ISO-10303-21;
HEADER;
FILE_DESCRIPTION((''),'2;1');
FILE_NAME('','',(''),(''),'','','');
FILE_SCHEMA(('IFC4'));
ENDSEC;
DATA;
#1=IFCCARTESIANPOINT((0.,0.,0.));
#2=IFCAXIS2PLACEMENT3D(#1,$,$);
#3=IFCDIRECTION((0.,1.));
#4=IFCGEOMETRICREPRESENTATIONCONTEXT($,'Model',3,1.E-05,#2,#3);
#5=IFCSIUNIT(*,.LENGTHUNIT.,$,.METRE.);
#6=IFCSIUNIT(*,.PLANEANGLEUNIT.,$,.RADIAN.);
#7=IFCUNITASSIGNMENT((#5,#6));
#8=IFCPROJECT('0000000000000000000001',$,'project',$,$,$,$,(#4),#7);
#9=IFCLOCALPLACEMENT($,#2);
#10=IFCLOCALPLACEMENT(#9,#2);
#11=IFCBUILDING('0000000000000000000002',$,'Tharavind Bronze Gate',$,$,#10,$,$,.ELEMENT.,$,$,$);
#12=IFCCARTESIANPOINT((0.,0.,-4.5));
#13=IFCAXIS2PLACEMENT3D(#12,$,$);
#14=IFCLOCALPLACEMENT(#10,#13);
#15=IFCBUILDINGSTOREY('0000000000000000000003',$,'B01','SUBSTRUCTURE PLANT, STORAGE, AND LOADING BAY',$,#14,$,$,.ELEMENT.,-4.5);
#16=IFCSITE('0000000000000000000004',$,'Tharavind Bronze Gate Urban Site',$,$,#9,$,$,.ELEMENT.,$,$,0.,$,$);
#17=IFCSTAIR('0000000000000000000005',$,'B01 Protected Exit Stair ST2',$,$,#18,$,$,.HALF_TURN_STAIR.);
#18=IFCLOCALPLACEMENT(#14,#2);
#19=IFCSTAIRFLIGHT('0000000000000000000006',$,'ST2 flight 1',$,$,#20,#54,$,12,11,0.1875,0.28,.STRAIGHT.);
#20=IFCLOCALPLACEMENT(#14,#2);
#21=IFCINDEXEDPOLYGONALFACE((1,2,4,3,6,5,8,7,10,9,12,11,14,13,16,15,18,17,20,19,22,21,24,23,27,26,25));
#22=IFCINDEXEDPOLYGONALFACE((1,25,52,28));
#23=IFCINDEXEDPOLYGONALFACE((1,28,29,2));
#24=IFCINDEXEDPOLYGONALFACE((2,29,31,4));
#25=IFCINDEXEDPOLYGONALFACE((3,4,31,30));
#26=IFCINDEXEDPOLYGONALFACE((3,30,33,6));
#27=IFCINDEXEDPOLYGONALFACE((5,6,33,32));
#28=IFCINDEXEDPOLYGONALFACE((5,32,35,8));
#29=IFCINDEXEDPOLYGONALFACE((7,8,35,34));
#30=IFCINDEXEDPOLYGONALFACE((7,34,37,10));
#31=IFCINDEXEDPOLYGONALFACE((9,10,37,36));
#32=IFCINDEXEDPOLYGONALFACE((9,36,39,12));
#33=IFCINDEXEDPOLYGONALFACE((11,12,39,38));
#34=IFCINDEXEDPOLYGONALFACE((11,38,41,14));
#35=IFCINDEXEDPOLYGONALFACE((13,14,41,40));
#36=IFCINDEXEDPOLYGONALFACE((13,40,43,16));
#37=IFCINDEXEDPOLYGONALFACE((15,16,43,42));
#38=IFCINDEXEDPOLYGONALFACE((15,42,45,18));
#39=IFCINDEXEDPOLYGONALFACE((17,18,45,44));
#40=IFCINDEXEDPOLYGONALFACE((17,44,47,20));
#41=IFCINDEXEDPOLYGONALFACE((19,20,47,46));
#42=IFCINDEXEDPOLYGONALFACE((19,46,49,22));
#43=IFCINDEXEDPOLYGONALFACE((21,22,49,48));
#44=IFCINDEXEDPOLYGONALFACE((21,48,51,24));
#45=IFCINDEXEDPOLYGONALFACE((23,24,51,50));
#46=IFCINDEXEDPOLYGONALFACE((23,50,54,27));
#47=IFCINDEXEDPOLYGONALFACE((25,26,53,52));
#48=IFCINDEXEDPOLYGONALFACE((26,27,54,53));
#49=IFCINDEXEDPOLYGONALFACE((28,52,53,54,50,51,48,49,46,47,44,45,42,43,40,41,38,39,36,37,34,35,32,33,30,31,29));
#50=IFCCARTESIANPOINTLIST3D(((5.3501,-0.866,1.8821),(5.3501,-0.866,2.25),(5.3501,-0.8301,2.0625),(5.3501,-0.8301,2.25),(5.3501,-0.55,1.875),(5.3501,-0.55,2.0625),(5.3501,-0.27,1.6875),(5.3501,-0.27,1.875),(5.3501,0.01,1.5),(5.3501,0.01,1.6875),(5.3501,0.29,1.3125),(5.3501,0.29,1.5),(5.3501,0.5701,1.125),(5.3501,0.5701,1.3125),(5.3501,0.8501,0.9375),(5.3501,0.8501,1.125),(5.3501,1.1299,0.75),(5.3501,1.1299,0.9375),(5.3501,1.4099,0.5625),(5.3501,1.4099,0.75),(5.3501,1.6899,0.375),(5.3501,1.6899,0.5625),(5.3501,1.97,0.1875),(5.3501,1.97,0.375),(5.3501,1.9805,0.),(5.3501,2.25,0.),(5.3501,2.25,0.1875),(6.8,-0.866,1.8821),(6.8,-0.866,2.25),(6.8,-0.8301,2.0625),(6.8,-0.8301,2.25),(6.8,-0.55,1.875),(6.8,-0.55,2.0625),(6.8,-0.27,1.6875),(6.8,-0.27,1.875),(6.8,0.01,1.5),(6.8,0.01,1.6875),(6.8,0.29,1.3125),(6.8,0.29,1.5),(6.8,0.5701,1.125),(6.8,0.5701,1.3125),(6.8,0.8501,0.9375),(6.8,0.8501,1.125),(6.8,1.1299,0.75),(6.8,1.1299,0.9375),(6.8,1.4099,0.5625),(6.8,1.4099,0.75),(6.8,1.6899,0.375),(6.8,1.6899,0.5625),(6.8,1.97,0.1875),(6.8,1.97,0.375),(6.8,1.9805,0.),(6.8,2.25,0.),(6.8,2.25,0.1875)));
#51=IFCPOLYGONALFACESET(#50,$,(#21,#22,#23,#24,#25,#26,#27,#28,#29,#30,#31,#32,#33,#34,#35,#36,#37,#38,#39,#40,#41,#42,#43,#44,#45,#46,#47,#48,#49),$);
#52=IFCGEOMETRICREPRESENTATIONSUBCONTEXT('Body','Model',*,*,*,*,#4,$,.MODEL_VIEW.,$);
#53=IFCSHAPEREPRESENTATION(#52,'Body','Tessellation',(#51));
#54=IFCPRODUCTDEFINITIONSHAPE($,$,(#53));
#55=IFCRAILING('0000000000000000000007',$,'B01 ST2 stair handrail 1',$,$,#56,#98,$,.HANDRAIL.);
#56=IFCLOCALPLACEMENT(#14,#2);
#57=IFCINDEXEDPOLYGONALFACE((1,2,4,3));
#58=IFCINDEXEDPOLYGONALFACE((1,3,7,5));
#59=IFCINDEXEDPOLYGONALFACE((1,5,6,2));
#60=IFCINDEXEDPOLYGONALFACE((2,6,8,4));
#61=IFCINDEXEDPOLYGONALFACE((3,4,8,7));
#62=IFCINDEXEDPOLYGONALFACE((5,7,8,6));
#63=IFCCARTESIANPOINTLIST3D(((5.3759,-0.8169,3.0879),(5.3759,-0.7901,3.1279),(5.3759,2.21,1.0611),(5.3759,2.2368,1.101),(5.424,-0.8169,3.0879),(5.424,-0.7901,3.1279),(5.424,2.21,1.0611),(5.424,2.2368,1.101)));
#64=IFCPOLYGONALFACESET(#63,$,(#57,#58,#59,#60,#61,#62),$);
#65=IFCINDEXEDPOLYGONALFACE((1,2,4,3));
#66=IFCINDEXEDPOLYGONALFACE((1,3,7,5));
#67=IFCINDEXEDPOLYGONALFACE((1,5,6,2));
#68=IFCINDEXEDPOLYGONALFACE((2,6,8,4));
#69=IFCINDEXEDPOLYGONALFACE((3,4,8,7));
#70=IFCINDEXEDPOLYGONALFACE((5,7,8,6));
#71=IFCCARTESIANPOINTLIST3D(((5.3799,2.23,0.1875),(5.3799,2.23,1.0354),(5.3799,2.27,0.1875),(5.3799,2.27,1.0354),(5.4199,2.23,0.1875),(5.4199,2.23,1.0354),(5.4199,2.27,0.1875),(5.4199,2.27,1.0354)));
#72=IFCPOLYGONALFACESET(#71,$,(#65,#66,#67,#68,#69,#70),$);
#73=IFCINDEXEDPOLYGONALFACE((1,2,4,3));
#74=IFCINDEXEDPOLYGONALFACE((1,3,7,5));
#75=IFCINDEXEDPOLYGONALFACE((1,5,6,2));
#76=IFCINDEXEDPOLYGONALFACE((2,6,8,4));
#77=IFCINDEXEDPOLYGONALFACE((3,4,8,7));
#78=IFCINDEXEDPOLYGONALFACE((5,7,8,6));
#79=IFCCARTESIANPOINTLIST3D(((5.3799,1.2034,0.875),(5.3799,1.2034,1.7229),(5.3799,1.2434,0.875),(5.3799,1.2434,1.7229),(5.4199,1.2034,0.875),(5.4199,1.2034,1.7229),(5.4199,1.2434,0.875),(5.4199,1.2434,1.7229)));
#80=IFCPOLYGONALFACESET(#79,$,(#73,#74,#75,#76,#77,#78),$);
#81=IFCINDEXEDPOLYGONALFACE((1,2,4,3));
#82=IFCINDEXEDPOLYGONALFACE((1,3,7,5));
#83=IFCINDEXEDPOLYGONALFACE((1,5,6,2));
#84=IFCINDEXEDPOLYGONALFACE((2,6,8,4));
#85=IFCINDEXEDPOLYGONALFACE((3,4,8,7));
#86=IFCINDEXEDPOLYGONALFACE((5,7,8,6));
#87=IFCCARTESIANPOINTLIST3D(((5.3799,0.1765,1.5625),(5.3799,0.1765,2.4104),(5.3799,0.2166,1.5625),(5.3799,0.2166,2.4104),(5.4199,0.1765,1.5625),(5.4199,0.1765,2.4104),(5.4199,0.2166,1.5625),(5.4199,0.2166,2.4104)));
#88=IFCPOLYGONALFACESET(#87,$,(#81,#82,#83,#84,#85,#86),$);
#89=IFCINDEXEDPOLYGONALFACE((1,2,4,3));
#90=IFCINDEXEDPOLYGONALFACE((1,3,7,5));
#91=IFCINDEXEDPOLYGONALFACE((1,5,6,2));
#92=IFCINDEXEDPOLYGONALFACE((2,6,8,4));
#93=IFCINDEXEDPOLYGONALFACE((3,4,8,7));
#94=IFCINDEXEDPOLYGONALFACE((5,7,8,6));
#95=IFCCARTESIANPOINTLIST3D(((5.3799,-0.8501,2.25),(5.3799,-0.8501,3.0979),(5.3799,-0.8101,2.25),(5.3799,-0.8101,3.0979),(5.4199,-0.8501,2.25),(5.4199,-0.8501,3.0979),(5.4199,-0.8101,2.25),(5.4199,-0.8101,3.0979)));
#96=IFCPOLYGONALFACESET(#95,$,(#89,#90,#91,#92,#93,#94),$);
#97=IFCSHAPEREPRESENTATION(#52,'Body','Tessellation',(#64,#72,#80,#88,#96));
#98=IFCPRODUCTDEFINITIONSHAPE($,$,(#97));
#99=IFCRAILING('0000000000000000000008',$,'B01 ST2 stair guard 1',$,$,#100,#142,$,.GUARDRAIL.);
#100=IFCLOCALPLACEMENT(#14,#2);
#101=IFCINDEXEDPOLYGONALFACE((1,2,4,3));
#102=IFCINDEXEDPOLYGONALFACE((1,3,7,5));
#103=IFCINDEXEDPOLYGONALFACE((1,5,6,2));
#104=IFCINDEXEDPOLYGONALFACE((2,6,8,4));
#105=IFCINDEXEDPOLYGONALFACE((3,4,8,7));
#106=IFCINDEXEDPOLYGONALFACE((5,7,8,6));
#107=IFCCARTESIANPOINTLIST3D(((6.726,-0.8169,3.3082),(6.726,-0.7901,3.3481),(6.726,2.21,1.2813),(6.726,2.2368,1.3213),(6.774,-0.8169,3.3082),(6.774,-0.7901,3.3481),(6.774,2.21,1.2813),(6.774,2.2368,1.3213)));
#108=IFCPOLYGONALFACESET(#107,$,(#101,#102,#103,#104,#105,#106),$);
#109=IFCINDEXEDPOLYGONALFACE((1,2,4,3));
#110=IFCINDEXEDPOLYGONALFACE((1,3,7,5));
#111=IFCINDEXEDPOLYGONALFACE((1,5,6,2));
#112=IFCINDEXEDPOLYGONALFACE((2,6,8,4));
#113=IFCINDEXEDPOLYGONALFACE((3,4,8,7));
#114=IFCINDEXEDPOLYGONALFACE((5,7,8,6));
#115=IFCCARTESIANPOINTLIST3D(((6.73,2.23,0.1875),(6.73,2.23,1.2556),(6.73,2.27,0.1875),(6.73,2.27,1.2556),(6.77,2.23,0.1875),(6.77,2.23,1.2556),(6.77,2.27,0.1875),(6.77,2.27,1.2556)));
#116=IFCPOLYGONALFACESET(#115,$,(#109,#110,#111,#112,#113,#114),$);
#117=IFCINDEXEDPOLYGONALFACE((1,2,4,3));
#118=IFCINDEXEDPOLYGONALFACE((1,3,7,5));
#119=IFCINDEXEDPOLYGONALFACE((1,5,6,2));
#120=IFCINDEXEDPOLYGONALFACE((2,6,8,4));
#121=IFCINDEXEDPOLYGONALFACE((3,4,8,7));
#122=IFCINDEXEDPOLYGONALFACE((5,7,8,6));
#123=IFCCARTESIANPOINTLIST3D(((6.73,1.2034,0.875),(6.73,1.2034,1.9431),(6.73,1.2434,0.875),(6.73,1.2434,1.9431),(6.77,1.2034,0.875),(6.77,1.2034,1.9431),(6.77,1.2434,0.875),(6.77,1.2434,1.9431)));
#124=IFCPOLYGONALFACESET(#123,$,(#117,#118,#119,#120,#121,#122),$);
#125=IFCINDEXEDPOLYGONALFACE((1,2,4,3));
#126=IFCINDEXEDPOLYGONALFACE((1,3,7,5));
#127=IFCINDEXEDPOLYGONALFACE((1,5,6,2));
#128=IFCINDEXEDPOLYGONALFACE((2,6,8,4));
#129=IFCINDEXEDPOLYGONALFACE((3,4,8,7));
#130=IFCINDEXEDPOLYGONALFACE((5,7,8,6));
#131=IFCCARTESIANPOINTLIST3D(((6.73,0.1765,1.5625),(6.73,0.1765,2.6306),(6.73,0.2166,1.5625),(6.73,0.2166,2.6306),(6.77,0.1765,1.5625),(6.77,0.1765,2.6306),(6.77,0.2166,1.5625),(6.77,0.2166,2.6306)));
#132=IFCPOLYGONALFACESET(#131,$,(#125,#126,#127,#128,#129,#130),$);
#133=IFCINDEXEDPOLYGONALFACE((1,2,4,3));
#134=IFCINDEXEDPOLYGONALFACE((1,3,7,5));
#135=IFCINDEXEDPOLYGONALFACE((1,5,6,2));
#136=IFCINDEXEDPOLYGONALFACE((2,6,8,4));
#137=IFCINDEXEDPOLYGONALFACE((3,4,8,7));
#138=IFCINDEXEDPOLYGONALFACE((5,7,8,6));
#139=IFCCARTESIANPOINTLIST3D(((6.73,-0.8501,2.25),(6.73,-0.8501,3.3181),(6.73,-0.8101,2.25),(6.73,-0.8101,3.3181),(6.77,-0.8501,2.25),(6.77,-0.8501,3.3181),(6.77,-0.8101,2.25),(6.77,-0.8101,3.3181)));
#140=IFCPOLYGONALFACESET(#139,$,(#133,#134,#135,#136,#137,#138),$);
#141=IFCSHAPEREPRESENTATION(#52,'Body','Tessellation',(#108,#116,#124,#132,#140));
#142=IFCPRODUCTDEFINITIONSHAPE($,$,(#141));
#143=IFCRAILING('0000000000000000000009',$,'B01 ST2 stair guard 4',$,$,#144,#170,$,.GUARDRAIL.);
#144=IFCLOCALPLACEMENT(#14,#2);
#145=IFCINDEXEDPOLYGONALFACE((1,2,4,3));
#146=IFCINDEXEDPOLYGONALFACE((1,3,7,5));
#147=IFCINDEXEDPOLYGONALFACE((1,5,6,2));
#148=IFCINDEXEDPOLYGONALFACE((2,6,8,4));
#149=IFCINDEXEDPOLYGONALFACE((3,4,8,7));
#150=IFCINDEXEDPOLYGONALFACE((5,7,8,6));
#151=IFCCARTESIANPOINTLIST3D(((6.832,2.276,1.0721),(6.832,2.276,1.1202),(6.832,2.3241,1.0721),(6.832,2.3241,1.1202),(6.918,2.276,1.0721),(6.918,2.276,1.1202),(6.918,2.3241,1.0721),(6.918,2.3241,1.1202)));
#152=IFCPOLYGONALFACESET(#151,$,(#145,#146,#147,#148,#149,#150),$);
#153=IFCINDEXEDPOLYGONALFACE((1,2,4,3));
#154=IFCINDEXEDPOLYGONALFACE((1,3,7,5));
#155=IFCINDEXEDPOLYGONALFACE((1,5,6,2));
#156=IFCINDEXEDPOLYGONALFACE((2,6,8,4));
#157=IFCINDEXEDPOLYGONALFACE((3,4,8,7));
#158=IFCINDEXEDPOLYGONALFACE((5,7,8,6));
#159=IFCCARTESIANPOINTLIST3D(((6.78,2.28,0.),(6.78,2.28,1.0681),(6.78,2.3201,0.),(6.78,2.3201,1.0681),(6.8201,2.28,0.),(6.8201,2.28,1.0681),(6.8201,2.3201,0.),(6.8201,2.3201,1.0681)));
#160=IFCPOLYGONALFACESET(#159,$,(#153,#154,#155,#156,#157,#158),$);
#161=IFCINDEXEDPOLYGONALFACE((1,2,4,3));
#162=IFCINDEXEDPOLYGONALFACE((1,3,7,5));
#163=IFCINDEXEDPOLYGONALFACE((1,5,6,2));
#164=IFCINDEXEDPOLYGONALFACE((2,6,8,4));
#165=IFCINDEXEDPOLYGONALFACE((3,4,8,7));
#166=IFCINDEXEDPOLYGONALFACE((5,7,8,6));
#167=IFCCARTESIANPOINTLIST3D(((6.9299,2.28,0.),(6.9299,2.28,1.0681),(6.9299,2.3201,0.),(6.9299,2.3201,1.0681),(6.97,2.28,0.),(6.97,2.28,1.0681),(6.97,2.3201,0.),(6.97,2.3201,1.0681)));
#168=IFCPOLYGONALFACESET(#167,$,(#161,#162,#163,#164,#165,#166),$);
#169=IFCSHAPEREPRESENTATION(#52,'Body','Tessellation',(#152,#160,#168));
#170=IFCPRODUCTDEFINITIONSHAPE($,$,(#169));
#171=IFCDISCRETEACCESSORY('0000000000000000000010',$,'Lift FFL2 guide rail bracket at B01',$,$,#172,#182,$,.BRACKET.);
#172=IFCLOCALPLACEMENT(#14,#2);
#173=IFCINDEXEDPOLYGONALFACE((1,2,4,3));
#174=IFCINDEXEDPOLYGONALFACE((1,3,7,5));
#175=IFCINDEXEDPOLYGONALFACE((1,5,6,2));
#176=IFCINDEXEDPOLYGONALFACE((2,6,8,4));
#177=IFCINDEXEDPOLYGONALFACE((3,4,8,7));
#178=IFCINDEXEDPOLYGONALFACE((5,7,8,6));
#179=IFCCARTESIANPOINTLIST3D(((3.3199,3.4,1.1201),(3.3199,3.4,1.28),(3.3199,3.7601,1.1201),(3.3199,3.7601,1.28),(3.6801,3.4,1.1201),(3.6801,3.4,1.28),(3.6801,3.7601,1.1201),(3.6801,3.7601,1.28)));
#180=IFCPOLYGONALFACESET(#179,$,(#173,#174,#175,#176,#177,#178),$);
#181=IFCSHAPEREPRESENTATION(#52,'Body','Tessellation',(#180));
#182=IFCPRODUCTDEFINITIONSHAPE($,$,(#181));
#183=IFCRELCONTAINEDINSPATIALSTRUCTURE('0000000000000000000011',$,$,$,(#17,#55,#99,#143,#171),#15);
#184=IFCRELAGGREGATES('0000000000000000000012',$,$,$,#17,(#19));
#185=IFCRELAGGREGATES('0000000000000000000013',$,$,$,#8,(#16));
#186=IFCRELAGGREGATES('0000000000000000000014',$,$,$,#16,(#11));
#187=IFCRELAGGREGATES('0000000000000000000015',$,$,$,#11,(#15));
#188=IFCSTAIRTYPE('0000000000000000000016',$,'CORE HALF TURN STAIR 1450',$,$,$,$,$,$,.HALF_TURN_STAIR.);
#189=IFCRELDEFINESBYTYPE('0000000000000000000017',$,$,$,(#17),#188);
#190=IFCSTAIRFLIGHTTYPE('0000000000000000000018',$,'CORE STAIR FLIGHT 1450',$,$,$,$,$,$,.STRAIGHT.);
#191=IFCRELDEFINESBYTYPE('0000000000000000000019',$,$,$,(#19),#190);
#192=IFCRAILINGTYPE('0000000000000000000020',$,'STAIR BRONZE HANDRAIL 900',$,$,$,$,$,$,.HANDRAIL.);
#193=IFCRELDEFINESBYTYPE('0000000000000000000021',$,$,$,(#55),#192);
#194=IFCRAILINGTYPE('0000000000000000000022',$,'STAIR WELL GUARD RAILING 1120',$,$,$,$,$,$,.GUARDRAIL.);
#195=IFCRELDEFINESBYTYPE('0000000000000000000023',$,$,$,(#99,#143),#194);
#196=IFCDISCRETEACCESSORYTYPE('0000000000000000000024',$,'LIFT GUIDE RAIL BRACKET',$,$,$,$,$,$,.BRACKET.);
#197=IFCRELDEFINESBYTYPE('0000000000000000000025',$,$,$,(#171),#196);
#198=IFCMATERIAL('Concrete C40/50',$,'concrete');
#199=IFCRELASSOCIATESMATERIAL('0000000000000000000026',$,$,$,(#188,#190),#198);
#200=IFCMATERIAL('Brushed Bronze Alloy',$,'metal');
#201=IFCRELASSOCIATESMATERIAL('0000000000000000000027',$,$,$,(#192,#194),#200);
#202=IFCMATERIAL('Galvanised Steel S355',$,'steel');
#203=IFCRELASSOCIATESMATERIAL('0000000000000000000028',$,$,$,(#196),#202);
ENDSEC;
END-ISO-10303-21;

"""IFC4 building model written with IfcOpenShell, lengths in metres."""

from ifc_helpers import new_model, si_unit, direction, frame, origin, origin_2d, place, context, subcontext, project, spatial, polyline, rectangle, outline, extrude, material, type_object, element, aggregate, save


model = new_model("IFC4")

# Units and contexts
model_context = context("Model", 3, precision=1e-05, world=origin(), true_north=direction((0.0, 1.0)))
body_context = subcontext(model_context, "Body", "Model", "MODEL_VIEW")
ifc_project = project(units=[si_unit("LENGTHUNIT", "METRE"), si_unit("PLANEANGLEUNIT", "RADIAN")], contexts=[model_context])

# Site, building, storey
site_placement = place(None, origin())
site = spatial("IfcSite", under=ifc_project, at=site_placement, Name="Tharavind Bronze Gate Urban Site", CompositionType="ELEMENT", RefElevation=0.0)
building_placement = place(site_placement, origin())
building = spatial("IfcBuilding", under=site, at=building_placement, Name="Tharavind Bronze Gate", CompositionType="ELEMENT")
storey_placement = place(building_placement, frame((0.0, 0.0, -4.5)))
storey = spatial("IfcBuildingStorey", under=building, at=storey_placement, Name="B01", Description="SUBSTRUCTURE PLANT, STORAGE, AND LOADING BAY", CompositionType="ELEMENT", Elevation=-4.5)

# Shared definitions
ifc_material_1 = material(Name="Concrete C40/50", Category="concrete")

# Stair, stair flight
stair_type = type_object("IfcStairType", Name="CORE HALF TURN STAIR 1450", PredefinedType="HALF_TURN_STAIR", material=ifc_material_1)
stair_placement = place(storey_placement, origin())
stair = element("IfcStair", 1, at=stair_placement, inside=storey, type_object=stair_type, Name="B01 Protected Exit Stair ST2", PredefinedType="HALF_TURN_STAIR")
stair_flight_type = type_object("IfcStairFlightType", Name="CORE STAIR FLIGHT 1450", PredefinedType="STRAIGHT", material=ifc_material_1)
stair_flight_placement = place(storey_placement, frame((6.075, 2.25, 0.0), z_axis=(0.0, 0.0, 1.0), x_axis=(0.0, -1.0, 0.0)))
stair_flight = element("IfcStairFlight", 2, at=stair_flight_placement, type_object=stair_flight_type, Name="ST2 flight 1", NumberOfRisers=12, NumberOfTreads=11, PredefinedType="STRAIGHT", RiserHeight=0.1875, TreadLength=0.28, context=body_context, shape_type="SweptSolid", body=[
    extrude(outline(polyline([(0.0, 0.0), (0.0, 0.1875), (0.28, 0.1875), (0.28, 0.375), (0.5601, 0.375), (0.5601, 0.5625), (0.8401, 0.5625), (0.8401, 0.75), (1.1201, 0.75), (1.1201, 0.9375), (1.3999, 0.9375), (1.3999, 1.125), (1.6799, 1.125), (1.6799, 1.3125), (1.96, 1.3125), (1.96, 1.5), (2.24, 1.5), (2.24, 1.6875), (2.52, 1.6875), (2.52, 1.875), (2.8, 1.875), (2.8, 2.0625), (3.0801, 2.0625), (3.0801, 2.25), (3.116, 2.25), (3.116, 1.8821), (0.2695, 0.0), (0.0, 0.0)])), frame((0.0, 0.7251, 0.0), z_axis=(0.0, -1.0, 0.0), x_axis=(1.0, 0.0, 0.0)), (0.0, 0.0, 1.0), 1.45),
])
aggregate(stair, [stair_flight])

# Railings
ifc_material_2 = material(Name="Brushed Bronze Alloy", Category="metal")
railing_type_1 = type_object("IfcRailingType", Name="STAIR BRONZE HANDRAIL 900", PredefinedType="HANDRAIL", material=ifc_material_2)
railing_1_placement = place(storey_placement, frame((5.3999, 2.25, 0.1875)))
element("IfcRailing", 3, at=railing_1_placement, inside=storey, type_object=railing_type_1, Name="B01 ST2 stair handrail 1", PredefinedType="HANDRAIL", context=body_context, shape_type="SweptSolid", body=[
    extrude(rectangle(XDim=0.0481, YDim=0.0481, at=origin_2d()), frame((0.0, -0.0266, 0.8936), z_axis=(0.0, -0.830914, 0.556401), x_axis=(1.0, 0.0, 0.0)), (0.0, 0.0, 1.0), 3.6428),
    extrude(rectangle(XDim=0.04, YDim=0.04, at=origin_2d()), origin(), (0.0, 0.0, 1.0), 0.8479),
    extrude(rectangle(XDim=0.04, YDim=0.04, at=origin_2d()), frame((0.0, -1.0266, 0.6875)), (0.0, 0.0, 1.0), 0.8479),
    extrude(rectangle(XDim=0.04, YDim=0.04, at=origin_2d()), frame((0.0, -2.0535, 1.375)), (0.0, 0.0, 1.0), 0.8479),
    extrude(rectangle(XDim=0.04, YDim=0.04, at=origin_2d()), frame((0.0, -3.0801, 2.0625)), (0.0, 0.0, 1.0), 0.8479),
])
railing_type_2 = type_object("IfcRailingType", Name="STAIR WELL GUARD RAILING 1120", PredefinedType="GUARDRAIL", material=ifc_material_2)
railing_2_placement = place(storey_placement, frame((6.75, 2.25, 0.1875)))
element("IfcRailing", 4, at=railing_2_placement, inside=storey, type_object=railing_type_2, Name="B01 ST2 stair guard 1", PredefinedType="GUARDRAIL", context=body_context, shape_type="SweptSolid", body=[
    extrude(rectangle(XDim=0.0481, YDim=0.0481, at=origin_2d()), frame((0.0, -0.0266, 1.1138), z_axis=(0.0, -0.830914, 0.556401), x_axis=(1.0, 0.0, 0.0)), (0.0, 0.0, 1.0), 3.6428),
    extrude(rectangle(XDim=0.04, YDim=0.04, at=origin_2d()), origin(), (0.0, 0.0, 1.0), 1.0681),
    extrude(rectangle(XDim=0.04, YDim=0.04, at=origin_2d()), frame((0.0, -1.0266, 0.6875)), (0.0, 0.0, 1.0), 1.0681),
    extrude(rectangle(XDim=0.04, YDim=0.04, at=origin_2d()), frame((0.0, -2.0535, 1.375)), (0.0, 0.0, 1.0), 1.0681),
    extrude(rectangle(XDim=0.04, YDim=0.04, at=origin_2d()), frame((0.0, -3.0801, 2.0625)), (0.0, 0.0, 1.0), 1.0681),
])
railing_3_placement = place(storey_placement, frame((6.8, 2.3, 0.0)))
element("IfcRailing", 5, at=railing_3_placement, inside=storey, type_object=railing_type_2, Name="B01 ST2 stair guard 4", PredefinedType="GUARDRAIL", context=body_context, shape_type="SweptSolid", body=[
    extrude(rectangle(XDim=0.0481, YDim=0.0481, at=origin_2d()), frame((0.032, 0.0, 1.0962), z_axis=(1.0, 0.0, 0.0), x_axis=(0.0, 1.0, 0.0)), (0.0, 0.0, 1.0), 0.0859),
    extrude(rectangle(XDim=0.04, YDim=0.04, at=origin_2d()), origin(), (0.0, 0.0, 1.0), 1.0681),
    extrude(rectangle(XDim=0.04, YDim=0.04, at=origin_2d()), frame((0.1499, 0.0, 0.0)), (0.0, 0.0, 1.0), 1.0681),
])

# Discrete accessory
ifc_material_3 = material(Name="Galvanised Steel S355", Category="steel")
discrete_accessory_type = type_object("IfcDiscreteAccessoryType", Name="LIFT GUIDE RAIL BRACKET", PredefinedType="BRACKET", material=ifc_material_3)
discrete_accessory_placement = place(storey_placement, frame((3.5, 3.5801, 1.1201), z_axis=(0.0, 0.0, 1.0), x_axis=(1.0, 0.0, 0.0)))
element("IfcDiscreteAccessory", 6, at=discrete_accessory_placement, inside=storey, type_object=discrete_accessory_type, Name="Lift FFL2 guide rail bracket at B01", PredefinedType="BRACKET", context=body_context, shape_type="SweptSolid", body=[
    extrude(rectangle(XDim=0.3601, YDim=0.3601, at=origin_2d()), origin(), (0.0, 0.0, 1.0), 0.1599),
])

save(model, "model.ifc")
